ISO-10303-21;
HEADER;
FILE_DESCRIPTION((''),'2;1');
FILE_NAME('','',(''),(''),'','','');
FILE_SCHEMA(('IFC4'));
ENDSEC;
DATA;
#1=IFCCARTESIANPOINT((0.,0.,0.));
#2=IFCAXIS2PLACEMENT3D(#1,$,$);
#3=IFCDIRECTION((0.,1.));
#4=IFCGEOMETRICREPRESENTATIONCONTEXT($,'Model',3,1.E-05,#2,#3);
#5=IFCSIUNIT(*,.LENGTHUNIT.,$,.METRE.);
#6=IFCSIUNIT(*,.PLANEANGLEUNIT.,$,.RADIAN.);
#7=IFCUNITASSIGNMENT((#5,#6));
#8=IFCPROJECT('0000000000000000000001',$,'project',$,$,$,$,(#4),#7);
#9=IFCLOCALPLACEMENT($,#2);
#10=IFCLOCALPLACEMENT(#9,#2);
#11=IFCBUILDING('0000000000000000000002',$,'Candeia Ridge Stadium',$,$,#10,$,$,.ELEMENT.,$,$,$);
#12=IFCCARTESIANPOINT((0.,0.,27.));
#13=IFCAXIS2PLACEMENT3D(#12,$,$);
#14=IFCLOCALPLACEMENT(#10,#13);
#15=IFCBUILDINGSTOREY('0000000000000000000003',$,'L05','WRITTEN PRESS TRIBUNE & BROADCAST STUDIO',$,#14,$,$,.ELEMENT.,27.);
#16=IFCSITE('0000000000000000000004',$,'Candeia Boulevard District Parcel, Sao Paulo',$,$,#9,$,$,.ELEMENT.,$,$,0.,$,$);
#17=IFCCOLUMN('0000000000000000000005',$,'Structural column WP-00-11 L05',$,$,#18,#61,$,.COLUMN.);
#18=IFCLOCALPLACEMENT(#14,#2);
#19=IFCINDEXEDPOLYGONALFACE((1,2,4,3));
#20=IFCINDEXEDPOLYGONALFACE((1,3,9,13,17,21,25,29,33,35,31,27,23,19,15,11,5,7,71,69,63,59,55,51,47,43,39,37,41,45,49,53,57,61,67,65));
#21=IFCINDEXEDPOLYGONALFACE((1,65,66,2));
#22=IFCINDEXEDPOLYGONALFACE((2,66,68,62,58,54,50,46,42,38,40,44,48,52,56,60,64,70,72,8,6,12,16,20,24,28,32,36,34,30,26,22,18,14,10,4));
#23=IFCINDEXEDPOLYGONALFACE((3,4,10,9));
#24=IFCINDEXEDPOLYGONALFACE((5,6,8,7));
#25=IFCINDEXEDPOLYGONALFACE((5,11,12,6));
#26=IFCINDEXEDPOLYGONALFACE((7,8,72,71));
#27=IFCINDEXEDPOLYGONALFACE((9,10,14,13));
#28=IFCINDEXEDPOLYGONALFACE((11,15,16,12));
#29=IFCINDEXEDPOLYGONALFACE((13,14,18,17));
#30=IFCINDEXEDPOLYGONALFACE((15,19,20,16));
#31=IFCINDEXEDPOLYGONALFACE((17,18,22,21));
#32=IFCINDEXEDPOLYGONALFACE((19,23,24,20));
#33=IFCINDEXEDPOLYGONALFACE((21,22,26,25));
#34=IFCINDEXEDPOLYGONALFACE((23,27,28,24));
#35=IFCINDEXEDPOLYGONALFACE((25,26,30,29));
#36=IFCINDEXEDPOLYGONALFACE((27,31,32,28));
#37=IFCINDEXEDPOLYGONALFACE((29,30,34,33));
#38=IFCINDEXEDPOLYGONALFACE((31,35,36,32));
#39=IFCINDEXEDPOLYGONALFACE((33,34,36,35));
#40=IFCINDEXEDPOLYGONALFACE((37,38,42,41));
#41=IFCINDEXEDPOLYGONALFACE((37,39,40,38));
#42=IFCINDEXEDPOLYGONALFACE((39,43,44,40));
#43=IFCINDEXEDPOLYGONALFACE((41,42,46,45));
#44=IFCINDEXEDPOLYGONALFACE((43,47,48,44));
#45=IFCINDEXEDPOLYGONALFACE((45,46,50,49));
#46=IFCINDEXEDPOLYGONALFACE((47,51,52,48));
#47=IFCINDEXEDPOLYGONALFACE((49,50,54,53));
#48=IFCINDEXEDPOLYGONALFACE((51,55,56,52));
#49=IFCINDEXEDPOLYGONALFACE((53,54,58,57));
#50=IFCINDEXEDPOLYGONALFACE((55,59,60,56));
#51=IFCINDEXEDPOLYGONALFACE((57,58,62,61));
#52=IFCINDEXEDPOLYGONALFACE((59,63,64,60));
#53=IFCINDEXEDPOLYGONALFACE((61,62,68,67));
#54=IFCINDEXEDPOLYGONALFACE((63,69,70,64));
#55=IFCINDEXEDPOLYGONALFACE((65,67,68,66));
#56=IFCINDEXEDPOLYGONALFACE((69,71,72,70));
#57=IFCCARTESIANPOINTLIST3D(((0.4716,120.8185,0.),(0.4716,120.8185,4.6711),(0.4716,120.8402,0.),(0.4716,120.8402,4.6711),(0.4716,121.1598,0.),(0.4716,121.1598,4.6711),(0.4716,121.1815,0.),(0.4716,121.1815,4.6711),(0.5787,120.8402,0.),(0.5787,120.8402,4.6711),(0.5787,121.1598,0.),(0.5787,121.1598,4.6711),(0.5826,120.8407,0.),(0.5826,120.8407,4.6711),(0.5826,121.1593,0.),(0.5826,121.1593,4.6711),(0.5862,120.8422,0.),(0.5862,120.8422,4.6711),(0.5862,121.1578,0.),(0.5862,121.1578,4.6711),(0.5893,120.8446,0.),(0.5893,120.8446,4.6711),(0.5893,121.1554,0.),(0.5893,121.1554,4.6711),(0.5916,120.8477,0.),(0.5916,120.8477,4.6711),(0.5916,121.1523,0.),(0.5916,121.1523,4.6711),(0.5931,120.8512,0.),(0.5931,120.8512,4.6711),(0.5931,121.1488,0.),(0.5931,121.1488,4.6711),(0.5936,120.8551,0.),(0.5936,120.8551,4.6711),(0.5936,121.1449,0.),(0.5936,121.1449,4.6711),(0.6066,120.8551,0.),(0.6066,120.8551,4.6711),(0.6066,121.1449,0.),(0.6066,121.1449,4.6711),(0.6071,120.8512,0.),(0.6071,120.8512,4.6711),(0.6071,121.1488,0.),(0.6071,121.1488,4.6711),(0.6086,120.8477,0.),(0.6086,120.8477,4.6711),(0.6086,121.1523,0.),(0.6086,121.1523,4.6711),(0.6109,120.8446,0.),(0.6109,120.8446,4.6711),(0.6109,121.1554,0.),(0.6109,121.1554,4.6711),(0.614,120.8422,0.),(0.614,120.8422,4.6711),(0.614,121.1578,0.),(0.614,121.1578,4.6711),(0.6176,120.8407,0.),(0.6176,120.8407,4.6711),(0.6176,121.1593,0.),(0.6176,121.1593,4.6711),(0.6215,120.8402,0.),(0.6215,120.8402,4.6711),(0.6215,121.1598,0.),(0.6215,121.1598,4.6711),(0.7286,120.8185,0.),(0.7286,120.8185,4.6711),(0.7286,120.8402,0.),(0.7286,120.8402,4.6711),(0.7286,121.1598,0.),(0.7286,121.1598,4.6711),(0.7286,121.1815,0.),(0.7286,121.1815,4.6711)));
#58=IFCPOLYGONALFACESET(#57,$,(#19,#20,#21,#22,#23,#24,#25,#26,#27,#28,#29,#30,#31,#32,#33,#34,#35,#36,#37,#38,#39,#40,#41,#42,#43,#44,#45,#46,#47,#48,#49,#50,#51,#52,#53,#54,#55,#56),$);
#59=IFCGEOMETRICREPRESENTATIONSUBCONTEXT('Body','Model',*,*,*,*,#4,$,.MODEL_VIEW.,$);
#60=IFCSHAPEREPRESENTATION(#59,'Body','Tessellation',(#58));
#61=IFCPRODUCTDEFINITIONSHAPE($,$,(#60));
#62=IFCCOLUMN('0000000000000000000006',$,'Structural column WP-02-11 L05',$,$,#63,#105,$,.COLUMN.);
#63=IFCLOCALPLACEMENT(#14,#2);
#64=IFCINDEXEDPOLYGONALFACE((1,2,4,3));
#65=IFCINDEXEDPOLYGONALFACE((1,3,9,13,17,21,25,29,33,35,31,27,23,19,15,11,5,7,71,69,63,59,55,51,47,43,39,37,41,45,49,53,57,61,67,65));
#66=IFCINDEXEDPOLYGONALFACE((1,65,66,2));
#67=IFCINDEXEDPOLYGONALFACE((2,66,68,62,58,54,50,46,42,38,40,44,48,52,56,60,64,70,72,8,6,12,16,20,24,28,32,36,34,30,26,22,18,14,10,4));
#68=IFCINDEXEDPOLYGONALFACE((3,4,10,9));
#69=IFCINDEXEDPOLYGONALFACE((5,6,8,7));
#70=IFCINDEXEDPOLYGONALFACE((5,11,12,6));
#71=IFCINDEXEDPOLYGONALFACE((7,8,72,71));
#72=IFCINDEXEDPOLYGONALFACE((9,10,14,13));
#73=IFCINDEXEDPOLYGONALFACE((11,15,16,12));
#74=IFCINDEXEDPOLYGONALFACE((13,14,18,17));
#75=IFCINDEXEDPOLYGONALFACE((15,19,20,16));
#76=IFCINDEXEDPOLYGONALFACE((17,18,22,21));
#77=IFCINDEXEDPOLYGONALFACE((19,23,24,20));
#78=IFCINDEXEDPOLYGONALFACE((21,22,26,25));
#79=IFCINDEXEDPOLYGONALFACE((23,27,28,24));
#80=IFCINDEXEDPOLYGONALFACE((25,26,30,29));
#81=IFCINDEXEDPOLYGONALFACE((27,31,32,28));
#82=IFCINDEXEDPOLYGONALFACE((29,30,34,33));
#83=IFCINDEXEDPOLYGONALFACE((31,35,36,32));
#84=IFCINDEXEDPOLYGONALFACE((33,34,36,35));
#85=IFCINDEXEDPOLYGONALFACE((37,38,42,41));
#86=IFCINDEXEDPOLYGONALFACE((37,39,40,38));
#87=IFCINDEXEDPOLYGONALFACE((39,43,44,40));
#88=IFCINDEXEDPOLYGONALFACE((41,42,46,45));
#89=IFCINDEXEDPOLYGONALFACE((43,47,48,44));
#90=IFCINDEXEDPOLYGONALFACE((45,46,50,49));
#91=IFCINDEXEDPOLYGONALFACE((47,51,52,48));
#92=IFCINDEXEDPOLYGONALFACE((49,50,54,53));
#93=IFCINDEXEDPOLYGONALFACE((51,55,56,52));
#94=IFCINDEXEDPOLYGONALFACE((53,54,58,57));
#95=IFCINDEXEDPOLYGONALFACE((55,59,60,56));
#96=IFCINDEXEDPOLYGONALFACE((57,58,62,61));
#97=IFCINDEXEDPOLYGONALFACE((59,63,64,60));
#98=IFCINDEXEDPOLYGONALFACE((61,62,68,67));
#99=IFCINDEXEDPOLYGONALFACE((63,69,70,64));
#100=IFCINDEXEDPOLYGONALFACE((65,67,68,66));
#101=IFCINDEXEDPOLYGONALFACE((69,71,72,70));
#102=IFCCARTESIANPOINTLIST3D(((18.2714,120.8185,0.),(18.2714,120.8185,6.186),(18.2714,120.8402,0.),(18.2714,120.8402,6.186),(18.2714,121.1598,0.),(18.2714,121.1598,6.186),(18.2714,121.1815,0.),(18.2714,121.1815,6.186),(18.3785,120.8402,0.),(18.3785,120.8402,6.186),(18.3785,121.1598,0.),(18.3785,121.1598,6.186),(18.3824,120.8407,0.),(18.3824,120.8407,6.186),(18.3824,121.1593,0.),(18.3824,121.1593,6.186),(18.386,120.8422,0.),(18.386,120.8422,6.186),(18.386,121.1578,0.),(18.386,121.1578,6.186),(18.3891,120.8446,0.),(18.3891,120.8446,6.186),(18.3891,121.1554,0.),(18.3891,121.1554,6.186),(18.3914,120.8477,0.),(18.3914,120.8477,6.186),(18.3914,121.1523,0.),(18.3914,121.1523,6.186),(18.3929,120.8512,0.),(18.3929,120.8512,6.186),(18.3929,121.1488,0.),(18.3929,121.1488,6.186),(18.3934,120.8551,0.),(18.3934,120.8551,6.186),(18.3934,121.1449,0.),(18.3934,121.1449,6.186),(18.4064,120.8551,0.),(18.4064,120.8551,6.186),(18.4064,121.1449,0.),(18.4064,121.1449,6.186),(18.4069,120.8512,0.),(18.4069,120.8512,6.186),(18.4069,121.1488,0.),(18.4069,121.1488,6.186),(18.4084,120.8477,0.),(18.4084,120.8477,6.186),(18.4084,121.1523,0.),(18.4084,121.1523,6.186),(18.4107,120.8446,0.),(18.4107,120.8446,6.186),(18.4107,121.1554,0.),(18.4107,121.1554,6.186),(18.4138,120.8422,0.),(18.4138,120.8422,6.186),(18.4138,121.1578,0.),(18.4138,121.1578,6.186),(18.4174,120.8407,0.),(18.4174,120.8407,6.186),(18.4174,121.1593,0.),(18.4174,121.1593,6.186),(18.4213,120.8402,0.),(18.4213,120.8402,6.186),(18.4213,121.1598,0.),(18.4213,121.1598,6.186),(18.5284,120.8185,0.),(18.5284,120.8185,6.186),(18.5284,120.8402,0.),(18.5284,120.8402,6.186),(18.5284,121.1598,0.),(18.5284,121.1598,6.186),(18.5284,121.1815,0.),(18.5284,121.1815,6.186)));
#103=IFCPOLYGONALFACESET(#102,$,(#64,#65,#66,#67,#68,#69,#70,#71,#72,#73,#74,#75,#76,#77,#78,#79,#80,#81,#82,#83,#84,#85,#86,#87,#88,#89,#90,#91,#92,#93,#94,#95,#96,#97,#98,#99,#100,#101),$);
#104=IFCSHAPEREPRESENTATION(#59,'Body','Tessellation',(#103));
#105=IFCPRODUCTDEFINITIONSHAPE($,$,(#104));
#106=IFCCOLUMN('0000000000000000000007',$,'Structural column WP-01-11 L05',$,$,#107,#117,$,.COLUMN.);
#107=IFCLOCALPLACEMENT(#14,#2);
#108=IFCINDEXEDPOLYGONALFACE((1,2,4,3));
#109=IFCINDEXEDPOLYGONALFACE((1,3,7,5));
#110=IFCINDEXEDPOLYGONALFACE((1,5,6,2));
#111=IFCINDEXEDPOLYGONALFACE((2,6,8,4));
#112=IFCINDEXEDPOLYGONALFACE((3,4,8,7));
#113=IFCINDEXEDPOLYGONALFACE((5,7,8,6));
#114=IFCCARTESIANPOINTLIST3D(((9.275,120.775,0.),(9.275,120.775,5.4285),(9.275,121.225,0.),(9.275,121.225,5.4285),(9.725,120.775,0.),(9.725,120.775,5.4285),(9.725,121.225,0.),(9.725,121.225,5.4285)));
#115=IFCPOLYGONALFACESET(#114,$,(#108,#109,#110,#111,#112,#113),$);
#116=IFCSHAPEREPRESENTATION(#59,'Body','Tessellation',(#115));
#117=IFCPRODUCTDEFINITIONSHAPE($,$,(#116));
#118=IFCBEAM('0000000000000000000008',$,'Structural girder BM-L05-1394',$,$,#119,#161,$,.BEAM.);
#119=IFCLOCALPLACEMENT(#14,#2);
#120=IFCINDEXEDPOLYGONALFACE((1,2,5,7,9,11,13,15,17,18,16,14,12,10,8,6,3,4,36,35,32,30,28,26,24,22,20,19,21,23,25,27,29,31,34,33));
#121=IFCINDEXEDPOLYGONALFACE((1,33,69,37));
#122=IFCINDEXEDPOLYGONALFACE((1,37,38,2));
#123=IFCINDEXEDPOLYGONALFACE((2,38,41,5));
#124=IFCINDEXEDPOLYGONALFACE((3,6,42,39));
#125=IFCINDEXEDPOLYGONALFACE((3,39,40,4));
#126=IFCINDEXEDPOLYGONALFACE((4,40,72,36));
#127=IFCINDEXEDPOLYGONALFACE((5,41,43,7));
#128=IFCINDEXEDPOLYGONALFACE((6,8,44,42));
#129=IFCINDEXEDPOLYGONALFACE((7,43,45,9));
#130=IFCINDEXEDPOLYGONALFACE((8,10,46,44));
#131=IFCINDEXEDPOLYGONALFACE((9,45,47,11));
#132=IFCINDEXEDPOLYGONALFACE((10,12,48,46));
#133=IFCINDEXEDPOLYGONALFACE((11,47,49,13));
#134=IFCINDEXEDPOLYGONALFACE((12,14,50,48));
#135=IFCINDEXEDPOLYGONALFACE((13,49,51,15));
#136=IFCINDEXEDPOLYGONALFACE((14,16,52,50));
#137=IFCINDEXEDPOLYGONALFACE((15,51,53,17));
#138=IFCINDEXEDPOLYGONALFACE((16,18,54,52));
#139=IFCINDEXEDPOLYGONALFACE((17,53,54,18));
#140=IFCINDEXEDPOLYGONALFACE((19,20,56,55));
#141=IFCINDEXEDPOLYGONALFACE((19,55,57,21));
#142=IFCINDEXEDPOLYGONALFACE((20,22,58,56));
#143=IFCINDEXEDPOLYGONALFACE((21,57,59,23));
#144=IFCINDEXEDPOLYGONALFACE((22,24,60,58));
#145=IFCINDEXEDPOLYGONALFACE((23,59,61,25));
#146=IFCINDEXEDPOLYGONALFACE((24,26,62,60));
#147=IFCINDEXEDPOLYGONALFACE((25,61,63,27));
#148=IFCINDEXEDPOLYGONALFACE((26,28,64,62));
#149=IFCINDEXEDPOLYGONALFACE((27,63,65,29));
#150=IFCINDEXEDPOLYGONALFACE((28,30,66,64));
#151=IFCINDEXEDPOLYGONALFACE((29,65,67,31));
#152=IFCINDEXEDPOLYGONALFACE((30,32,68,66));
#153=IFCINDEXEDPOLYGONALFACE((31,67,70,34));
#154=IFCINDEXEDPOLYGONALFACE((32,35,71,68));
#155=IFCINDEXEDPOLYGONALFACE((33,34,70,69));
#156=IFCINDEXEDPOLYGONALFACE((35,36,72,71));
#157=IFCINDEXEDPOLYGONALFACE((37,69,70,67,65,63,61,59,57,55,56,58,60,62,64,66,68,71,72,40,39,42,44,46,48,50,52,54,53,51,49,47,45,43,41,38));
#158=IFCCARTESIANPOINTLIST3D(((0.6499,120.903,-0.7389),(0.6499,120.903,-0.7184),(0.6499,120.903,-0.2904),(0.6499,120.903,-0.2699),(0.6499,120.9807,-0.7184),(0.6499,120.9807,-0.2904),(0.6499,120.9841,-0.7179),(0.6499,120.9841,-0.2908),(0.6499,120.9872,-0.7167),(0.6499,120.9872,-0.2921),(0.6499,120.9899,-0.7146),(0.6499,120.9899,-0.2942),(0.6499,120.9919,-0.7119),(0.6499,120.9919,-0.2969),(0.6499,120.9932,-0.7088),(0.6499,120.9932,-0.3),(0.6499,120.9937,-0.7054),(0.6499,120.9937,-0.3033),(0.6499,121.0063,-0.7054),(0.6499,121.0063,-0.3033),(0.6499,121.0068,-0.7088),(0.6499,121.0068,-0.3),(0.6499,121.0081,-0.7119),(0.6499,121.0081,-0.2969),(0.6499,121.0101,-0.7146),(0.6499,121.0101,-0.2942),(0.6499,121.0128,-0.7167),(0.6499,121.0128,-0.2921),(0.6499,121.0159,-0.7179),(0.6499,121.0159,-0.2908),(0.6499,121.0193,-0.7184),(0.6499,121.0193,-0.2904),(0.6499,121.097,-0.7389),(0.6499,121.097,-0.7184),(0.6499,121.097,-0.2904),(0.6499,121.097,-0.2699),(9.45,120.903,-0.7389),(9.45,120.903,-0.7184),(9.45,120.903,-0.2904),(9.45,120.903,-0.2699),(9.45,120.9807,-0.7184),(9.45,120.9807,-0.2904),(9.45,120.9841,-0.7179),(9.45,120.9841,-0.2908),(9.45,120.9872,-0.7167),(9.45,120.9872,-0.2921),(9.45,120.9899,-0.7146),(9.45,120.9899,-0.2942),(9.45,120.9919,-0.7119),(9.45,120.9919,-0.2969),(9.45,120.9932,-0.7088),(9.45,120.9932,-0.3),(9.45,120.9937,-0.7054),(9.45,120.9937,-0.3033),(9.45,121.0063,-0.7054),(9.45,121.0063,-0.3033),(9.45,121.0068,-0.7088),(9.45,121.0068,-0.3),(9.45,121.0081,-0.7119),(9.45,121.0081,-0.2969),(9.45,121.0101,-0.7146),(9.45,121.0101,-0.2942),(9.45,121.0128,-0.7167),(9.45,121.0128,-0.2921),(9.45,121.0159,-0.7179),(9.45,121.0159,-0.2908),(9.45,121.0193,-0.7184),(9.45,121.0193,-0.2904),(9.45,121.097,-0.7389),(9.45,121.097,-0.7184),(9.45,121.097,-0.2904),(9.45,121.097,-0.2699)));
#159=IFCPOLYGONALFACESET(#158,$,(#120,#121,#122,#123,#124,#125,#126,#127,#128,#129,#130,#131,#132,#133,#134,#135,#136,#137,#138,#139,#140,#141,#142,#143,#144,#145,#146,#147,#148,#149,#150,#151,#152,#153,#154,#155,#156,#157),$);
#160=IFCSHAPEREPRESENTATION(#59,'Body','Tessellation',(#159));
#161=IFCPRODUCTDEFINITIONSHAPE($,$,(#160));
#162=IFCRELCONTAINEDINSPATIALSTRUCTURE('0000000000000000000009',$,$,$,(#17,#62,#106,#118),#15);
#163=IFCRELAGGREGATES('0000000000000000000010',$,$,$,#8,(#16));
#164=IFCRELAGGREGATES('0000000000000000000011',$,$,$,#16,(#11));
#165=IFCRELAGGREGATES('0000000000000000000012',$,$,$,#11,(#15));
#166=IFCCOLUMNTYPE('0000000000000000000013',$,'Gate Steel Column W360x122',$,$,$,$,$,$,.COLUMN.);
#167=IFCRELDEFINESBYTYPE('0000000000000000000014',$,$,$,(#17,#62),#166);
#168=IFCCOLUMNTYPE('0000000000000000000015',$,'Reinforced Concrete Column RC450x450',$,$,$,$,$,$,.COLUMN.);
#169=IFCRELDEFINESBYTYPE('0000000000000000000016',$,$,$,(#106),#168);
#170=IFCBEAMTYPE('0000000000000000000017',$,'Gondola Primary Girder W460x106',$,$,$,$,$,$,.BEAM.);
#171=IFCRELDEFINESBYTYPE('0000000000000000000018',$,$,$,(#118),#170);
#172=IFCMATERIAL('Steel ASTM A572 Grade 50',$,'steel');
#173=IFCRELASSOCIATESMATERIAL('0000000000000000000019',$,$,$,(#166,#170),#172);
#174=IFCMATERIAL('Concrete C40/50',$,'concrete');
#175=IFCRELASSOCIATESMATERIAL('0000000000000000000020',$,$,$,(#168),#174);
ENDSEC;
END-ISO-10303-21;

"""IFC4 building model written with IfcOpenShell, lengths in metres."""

from ifc_helpers import new_model, si_unit, direction, frame, origin, origin_2d, place, context, subcontext, project, spatial, rectangle, i_section, extrude, material, material_profile, profile_set, type_object, element, save


model = new_model("IFC4")

# Units and contexts
model_context = context("Model", 3, precision=1e-05, world=origin(), true_north=direction((0.0, 1.0)))
body_context = subcontext(model_context, "Body", "Model", "MODEL_VIEW")
ifc_project = project(units=[si_unit("LENGTHUNIT", "METRE"), si_unit("PLANEANGLEUNIT", "RADIAN")], contexts=[model_context])

# Site, building, storey
site_placement = place(None, origin())
site = spatial("IfcSite", under=ifc_project, at=site_placement, Name="Candeia Boulevard District Parcel, Sao Paulo", CompositionType="ELEMENT", RefElevation=0.0)
building_placement = place(site_placement, origin())
building = spatial("IfcBuilding", under=site, at=building_placement, Name="Candeia Ridge Stadium", CompositionType="ELEMENT")
storey_placement = place(building_placement, frame((0.0, 0.0, 27.0)))
storey = spatial("IfcBuildingStorey", under=building, at=storey_placement, Name="L05", Description="WRITTEN PRESS TRIBUNE & BROADCAST STUDIO", CompositionType="ELEMENT", Elevation=27.0)

# Columns
ifc_material_1 = material(Name="Steel ASTM A572 Grade 50", Category="steel")
ifc_material_profile_1 = material_profile(ifc_material_1, i_section(OverallWidth=0.2571, OverallDepth=0.363, WebThickness=0.0129, FlangeThickness=0.0217, FilletRadius=0.0149, at=origin_2d()), Name="W360x122", Category="steel")
ifc_profile_set_1 = profile_set([ifc_material_profile_1], Name="Steel ASTM A572 Grade 50")
column_type_1 = type_object("IfcColumnType", Name="Gate Steel Column W360x122", PredefinedType="COLUMN", material=ifc_profile_set_1)
column_1_placement = place(storey_placement, frame((0.6001, 121.0, 0.0), z_axis=(0.0, 0.0, 1.0), x_axis=(1.0, 0.0, 0.0)))
element("IfcColumn", 1, at=column_1_placement, inside=storey, type_object=column_type_1, Name="Structural column WP-00-11 L05", PredefinedType="COLUMN", context=body_context, shape_type="SweptSolid", body=[
    extrude(i_section(OverallWidth=0.2571, OverallDepth=0.363, WebThickness=0.0129, FlangeThickness=0.0217, FilletRadius=0.0149, at=origin_2d()), origin(), (0.0, 0.0, 1.0), 4.6711),
])
column_2_placement = place(storey_placement, frame((18.3999, 121.0, 0.0), z_axis=(0.0, 0.0, 1.0), x_axis=(1.0, 0.0, 0.0)))
element("IfcColumn", 2, at=column_2_placement, inside=storey, type_object=column_type_1, Name="Structural column WP-02-11 L05", PredefinedType="COLUMN", context=body_context, shape_type="SweptSolid", body=[
    extrude(i_section(OverallWidth=0.2571, OverallDepth=0.363, WebThickness=0.0129, FlangeThickness=0.0217, FilletRadius=0.0149, at=origin_2d()), origin(), (0.0, 0.0, 1.0), 6.186),
])
ifc_material_2 = material(Name="Concrete C40/50", Category="concrete")
ifc_material_profile_2 = material_profile(ifc_material_2, rectangle(XDim=0.45, YDim=0.45, at=origin_2d()), Name="RC450x450", Category="concrete")
ifc_profile_set_2 = profile_set([ifc_material_profile_2], Name="Concrete C40/50")
column_type_2 = type_object("IfcColumnType", Name="Reinforced Concrete Column RC450x450", PredefinedType="COLUMN", material=ifc_profile_set_2)
column_3_placement = place(storey_placement, frame((9.5, 121.0, 0.0), z_axis=(0.0, 0.0, 1.0), x_axis=(1.0, 0.0, 0.0)))
element("IfcColumn", 3, at=column_3_placement, inside=storey, type_object=column_type_2, Name="Structural column WP-01-11 L05", PredefinedType="COLUMN", context=body_context, shape_type="SweptSolid", body=[
    extrude(rectangle(XDim=0.45, YDim=0.45, at=origin_2d()), origin(), (0.0, 0.0, 1.0), 5.4285),
])

# Beam
ifc_material_profile_3 = material_profile(ifc_material_1, i_section(OverallWidth=0.1941, OverallDepth=0.469, WebThickness=0.0127, FlangeThickness=0.0205, FilletRadius=0.0129, at=origin_2d()), Name="W460x106", Category="steel")
ifc_profile_set_3 = profile_set([ifc_material_profile_3], Name="Steel ASTM A572 Grade 50")
beam_type_1 = type_object("IfcBeamType", Name="Gondola Primary Girder W460x106", PredefinedType="BEAM", material=ifc_profile_set_3)
for number, where, z_axis, x_axis, name in (
    (4, (0.6499, 121.0, -0.5044), (1.0, 0.0, 0.0), (0.0, 1.0, 0.0), "Structural girder BM-L05-1394"),
):
    element("IfcBeam", number, at=place(storey_placement, frame(where, z_axis=z_axis, x_axis=x_axis)), inside=storey, type_object=beam_type_1, Name=name, PredefinedType="BEAM", context=body_context, shape_type="SweptSolid", body=[
        extrude(i_section(OverallWidth=0.1941, OverallDepth=0.469, WebThickness=0.0127, FlangeThickness=0.0205, FilletRadius=0.0129, at=origin_2d()), origin(), (0.0, 0.0, 1.0), 8.8),
    ])

save(model, "model.ifc")
